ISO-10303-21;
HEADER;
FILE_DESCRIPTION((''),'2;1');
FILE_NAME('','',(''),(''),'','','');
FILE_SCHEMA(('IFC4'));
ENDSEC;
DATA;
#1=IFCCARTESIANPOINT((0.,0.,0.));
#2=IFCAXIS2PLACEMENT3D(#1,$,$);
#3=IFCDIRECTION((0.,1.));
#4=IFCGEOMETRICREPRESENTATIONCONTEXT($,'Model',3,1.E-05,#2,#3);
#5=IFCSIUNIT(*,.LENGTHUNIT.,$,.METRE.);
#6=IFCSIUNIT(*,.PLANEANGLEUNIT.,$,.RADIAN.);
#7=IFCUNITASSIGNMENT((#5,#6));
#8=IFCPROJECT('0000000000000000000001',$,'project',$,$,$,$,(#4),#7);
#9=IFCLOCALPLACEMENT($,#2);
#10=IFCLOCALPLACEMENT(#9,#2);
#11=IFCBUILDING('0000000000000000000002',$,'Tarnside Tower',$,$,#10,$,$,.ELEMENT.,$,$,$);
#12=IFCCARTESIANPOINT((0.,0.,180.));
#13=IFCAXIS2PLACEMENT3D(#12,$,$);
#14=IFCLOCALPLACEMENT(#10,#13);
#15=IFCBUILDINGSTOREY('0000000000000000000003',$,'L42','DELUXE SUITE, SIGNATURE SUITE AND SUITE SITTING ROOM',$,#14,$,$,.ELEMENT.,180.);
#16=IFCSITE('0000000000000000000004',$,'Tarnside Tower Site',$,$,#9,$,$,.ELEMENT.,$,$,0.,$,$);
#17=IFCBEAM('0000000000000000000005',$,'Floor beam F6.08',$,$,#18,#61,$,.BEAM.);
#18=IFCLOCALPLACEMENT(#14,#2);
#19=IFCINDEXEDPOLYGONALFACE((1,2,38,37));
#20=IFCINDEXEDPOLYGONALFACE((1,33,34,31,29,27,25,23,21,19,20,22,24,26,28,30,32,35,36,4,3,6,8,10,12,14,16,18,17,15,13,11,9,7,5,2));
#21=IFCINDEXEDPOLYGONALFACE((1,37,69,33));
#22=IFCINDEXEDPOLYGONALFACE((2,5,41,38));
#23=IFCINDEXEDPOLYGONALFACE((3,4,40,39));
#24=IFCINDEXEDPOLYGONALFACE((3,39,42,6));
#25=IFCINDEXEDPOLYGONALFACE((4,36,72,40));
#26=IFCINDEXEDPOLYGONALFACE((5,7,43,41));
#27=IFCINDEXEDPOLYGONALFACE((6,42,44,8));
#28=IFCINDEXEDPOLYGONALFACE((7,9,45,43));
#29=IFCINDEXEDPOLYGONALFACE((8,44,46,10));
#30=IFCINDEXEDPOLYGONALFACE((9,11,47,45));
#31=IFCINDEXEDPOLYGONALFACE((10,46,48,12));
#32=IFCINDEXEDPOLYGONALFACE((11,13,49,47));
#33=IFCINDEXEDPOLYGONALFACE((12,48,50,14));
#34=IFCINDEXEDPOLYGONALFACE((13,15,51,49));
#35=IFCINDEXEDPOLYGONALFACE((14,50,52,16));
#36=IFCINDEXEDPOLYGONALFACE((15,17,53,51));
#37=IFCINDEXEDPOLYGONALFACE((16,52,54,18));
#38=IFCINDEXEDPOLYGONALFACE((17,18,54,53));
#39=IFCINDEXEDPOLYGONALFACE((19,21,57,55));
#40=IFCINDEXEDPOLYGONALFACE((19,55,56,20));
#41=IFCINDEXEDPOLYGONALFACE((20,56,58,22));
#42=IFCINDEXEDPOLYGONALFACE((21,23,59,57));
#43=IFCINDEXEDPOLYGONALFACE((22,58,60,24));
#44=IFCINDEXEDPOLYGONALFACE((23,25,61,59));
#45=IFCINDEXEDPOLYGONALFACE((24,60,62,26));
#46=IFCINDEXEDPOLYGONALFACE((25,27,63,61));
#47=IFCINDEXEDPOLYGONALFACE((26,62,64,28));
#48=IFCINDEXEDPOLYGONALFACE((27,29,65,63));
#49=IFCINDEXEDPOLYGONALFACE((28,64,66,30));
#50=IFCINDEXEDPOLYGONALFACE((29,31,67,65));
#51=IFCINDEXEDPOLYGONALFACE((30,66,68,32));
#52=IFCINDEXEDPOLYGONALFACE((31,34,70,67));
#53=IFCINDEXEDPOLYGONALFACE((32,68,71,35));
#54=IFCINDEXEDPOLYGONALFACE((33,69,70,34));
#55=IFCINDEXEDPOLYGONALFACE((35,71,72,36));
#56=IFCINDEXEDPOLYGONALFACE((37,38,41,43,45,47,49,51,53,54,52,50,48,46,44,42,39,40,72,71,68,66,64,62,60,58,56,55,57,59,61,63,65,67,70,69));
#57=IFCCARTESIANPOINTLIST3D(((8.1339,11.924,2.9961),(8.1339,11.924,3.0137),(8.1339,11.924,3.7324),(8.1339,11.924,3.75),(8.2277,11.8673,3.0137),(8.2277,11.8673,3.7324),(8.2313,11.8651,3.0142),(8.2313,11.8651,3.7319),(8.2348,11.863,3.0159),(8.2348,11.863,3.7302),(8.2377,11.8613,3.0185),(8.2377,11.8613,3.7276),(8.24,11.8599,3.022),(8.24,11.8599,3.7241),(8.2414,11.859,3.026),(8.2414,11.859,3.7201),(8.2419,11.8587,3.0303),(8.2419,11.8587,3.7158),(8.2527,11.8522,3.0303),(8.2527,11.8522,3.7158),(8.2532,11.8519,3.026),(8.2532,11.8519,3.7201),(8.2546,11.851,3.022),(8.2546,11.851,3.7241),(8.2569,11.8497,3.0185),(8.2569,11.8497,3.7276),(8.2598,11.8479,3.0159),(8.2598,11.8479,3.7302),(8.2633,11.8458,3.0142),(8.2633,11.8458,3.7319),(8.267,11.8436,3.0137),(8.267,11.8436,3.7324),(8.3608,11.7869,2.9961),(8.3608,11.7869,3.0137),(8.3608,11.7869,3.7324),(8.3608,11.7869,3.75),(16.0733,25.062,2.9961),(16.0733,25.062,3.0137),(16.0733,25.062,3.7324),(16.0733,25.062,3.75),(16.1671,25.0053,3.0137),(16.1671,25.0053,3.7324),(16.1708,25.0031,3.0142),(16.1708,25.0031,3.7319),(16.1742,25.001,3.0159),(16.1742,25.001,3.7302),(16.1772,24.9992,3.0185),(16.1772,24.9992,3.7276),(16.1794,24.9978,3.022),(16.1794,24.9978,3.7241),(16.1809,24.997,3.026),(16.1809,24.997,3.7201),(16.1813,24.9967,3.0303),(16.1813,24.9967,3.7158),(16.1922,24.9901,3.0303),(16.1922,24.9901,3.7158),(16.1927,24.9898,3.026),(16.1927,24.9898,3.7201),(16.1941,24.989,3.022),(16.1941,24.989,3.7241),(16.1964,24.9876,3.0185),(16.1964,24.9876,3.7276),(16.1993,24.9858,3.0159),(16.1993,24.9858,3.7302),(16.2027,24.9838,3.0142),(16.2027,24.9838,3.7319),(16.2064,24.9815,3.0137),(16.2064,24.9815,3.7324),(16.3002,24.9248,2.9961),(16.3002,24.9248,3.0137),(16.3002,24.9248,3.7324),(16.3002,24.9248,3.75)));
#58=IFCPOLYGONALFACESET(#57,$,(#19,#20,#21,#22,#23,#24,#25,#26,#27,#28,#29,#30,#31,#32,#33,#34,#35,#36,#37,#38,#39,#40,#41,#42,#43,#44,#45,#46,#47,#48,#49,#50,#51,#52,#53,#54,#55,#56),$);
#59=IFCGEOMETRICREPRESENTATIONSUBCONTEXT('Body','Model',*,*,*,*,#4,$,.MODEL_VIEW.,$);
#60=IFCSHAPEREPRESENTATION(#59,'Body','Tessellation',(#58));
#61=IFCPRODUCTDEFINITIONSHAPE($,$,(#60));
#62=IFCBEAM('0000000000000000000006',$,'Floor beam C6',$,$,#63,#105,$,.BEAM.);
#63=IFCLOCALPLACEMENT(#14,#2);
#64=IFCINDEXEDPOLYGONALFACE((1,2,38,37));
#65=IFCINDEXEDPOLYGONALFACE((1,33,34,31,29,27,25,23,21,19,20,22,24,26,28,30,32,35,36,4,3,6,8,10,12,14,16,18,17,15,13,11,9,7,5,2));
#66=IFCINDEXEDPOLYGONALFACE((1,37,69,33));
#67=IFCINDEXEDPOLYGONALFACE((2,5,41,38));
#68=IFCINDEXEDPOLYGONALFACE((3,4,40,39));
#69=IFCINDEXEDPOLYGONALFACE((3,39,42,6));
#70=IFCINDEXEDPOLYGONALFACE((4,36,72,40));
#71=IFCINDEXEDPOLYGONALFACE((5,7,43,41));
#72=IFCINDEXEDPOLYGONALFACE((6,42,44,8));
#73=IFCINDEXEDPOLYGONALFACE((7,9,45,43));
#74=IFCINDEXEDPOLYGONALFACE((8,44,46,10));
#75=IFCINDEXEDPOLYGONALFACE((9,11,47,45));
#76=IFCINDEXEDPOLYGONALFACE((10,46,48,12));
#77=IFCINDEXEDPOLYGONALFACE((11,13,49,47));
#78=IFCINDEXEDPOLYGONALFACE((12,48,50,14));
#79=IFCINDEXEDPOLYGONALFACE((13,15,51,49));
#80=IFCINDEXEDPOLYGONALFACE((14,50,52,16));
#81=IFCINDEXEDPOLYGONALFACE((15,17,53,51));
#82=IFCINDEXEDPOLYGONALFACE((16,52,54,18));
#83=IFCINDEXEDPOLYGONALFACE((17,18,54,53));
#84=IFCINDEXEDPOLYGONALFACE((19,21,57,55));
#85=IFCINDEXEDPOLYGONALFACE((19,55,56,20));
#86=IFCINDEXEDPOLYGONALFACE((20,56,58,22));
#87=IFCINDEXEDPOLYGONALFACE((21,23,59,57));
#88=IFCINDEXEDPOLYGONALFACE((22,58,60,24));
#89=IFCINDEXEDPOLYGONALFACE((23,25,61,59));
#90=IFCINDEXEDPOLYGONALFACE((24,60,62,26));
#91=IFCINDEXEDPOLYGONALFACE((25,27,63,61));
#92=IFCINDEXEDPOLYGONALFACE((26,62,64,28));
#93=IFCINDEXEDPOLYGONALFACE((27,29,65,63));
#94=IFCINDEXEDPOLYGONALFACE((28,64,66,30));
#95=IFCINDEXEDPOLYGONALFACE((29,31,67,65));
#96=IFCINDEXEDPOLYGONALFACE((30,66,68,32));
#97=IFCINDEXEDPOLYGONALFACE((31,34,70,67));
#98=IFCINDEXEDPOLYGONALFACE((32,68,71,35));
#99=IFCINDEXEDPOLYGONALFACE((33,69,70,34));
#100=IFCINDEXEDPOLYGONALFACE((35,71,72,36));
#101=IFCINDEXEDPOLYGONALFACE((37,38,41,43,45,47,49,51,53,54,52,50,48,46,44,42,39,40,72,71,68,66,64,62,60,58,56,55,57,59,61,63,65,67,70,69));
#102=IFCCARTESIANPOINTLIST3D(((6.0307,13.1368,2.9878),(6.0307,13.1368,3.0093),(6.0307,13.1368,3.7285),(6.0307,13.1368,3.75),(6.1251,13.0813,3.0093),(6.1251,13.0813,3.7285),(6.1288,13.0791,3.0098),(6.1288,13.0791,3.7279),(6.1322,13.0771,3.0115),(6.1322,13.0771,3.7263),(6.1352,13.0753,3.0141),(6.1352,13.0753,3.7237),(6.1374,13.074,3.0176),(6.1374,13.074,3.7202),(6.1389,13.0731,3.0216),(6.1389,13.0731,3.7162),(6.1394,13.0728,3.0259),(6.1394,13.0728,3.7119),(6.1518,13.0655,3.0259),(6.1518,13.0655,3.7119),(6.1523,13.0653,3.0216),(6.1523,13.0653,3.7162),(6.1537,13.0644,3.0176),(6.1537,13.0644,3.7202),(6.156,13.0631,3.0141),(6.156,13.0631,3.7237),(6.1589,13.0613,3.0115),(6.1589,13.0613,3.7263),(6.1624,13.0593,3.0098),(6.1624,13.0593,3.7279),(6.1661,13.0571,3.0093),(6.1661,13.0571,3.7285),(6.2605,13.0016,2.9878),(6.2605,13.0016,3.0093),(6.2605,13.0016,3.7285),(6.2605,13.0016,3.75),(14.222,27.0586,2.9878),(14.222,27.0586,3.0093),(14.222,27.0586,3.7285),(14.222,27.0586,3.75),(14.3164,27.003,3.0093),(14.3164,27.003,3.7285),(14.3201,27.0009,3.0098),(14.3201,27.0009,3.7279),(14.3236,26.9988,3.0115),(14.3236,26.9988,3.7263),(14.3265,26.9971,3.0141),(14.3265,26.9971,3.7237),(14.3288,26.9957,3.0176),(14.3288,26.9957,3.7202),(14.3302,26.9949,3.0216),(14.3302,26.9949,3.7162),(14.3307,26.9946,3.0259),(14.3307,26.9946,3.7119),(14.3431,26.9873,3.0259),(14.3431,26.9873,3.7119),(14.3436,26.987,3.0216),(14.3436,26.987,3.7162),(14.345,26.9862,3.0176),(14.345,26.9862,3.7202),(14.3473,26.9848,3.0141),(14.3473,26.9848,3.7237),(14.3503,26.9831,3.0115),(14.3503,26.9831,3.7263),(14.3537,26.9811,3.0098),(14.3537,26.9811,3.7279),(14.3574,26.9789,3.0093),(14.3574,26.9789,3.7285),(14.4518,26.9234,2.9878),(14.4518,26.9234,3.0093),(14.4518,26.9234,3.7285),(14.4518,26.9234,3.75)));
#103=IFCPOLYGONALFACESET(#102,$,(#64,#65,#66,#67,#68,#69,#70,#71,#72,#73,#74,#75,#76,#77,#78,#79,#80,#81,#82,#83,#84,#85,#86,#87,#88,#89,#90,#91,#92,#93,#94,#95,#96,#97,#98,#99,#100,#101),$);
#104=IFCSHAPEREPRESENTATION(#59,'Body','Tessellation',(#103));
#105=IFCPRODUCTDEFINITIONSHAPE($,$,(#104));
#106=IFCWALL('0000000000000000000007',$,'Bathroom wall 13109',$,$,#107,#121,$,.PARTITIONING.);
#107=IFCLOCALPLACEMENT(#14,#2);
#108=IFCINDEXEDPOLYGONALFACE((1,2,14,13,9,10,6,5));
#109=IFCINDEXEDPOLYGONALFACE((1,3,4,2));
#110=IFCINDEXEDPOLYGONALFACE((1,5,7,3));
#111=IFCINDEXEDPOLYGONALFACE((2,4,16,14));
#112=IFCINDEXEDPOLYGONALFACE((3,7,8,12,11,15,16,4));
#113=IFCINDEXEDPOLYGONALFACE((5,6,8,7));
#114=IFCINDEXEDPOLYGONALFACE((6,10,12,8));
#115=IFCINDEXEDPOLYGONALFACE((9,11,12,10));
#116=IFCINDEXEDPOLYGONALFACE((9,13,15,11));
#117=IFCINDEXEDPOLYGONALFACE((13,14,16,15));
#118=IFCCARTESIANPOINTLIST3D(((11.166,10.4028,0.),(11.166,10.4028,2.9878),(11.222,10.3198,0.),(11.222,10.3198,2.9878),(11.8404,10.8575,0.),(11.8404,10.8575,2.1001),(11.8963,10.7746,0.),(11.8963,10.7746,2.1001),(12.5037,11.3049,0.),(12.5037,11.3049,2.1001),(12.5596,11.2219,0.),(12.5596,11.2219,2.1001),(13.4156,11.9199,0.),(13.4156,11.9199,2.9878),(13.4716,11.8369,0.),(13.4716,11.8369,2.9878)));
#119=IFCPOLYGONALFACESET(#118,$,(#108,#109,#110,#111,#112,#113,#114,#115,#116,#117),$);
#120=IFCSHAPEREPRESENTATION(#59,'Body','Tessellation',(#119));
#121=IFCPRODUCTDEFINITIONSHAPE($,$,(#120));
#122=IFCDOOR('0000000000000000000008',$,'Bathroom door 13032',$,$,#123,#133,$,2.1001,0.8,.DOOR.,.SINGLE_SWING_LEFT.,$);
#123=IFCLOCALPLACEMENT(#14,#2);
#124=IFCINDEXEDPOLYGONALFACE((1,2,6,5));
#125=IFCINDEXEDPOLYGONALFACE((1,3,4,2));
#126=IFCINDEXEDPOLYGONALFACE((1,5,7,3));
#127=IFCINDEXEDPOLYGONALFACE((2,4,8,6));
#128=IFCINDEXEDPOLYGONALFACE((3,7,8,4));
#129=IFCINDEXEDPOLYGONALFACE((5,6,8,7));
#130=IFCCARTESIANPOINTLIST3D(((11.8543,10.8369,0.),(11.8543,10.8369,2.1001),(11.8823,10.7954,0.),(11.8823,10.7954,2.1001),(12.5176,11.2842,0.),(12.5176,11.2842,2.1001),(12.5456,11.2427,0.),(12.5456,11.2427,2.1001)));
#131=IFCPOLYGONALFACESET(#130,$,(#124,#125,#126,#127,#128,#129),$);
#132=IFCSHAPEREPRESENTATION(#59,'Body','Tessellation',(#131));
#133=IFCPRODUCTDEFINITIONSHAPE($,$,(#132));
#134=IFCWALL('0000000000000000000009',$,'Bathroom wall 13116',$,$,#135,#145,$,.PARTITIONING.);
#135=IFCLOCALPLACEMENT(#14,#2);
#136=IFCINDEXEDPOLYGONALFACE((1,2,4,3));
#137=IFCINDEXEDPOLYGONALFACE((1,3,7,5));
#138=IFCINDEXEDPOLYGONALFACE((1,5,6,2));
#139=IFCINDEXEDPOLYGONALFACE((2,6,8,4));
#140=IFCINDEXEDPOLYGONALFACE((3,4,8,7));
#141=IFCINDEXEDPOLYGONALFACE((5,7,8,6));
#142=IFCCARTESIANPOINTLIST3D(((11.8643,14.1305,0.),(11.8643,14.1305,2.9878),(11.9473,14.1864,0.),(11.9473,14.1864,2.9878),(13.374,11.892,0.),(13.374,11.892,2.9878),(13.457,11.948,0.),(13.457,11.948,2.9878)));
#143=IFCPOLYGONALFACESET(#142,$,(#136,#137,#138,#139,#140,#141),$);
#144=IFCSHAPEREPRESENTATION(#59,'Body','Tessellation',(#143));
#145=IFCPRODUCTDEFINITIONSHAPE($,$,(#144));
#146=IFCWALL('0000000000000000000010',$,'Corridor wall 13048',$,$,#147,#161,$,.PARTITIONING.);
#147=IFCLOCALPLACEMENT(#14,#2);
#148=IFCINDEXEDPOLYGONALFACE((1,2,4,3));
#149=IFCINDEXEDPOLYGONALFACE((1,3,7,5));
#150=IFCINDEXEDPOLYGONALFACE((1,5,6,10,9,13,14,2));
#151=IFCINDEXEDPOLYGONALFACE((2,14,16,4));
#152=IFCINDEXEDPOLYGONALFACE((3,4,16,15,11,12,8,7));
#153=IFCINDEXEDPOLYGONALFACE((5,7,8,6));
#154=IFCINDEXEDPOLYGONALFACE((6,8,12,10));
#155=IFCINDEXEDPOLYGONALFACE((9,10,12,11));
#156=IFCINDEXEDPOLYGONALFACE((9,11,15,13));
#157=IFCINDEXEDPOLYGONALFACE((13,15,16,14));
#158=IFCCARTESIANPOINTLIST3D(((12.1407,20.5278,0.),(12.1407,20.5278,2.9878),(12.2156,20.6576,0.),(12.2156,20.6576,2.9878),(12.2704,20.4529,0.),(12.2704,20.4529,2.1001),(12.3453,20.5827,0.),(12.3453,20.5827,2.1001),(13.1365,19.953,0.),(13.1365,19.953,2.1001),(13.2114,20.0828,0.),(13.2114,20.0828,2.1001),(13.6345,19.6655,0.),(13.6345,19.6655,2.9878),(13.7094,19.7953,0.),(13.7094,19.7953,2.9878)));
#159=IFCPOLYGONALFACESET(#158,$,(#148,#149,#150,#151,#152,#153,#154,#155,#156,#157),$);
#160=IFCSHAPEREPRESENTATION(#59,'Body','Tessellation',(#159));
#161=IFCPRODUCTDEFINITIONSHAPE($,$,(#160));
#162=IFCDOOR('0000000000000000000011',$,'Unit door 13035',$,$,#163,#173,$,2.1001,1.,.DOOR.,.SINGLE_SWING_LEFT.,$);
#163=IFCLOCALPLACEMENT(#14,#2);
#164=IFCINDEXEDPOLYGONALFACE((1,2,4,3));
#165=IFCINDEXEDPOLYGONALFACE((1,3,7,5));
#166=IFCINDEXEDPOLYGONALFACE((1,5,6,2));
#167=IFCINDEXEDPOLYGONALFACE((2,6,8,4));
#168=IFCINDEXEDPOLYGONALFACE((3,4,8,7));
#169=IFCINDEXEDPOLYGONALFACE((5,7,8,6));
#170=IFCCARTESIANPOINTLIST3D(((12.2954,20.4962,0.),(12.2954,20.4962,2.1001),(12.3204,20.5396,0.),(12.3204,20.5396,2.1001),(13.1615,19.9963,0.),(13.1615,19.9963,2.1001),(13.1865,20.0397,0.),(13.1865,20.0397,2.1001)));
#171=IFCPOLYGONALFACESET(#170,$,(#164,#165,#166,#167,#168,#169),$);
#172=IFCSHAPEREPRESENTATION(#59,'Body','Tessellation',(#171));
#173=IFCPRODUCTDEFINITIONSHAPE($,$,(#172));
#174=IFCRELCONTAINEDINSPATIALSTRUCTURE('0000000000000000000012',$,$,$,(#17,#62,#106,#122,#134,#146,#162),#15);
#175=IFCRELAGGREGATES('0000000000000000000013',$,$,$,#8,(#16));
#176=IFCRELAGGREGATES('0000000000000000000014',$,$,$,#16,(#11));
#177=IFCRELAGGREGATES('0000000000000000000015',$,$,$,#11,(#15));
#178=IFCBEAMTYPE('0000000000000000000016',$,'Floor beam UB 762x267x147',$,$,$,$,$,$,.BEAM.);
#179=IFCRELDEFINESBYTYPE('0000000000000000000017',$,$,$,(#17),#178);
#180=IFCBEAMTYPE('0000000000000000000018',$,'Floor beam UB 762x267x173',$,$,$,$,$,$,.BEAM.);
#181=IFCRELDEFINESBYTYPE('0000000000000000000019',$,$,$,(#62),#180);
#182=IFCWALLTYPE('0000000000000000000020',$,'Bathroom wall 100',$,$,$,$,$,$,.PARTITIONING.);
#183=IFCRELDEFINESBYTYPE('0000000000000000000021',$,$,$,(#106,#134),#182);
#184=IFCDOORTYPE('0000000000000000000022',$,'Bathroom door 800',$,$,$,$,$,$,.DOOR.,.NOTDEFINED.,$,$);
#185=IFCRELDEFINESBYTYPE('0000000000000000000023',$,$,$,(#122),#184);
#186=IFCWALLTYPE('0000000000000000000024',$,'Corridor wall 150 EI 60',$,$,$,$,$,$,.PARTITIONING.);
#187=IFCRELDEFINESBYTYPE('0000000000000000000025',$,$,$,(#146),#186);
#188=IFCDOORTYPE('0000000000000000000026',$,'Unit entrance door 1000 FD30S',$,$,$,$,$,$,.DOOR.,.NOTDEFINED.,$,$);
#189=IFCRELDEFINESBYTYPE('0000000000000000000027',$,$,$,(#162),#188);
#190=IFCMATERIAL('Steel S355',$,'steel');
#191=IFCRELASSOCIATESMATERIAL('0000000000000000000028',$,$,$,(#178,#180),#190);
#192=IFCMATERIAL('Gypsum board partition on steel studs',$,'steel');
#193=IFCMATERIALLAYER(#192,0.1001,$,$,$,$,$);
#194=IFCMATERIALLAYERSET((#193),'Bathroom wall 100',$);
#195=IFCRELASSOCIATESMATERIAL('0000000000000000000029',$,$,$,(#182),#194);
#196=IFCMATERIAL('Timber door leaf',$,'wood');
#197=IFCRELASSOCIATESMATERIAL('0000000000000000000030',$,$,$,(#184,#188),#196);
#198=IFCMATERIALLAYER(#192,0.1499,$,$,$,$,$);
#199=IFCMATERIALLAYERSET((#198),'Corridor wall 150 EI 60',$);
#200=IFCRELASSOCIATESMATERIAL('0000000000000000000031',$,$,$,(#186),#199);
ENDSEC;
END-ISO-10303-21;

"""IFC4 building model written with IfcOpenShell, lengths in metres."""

from ifc_helpers import new_model, si_unit, direction, frame, frame_2d, origin, origin_2d, place, context, subcontext, project, spatial, rectangle, i_section, extrude, material, layer, layer_set, material_profile, profile_set, type_object, element, fill, save


model = new_model("IFC4")

# Units and contexts
model_context = context("Model", 3, precision=1e-05, world=origin(), true_north=direction((0.0, 1.0)))
body_context = subcontext(model_context, "Body", "Model", "MODEL_VIEW")
ifc_project = project(units=[si_unit("LENGTHUNIT", "METRE"), si_unit("PLANEANGLEUNIT", "RADIAN")], contexts=[model_context])

# Site, building, storey
site_placement = place(None, origin())
site = spatial("IfcSite", under=ifc_project, at=site_placement, Name="Tarnside Tower Site", CompositionType="ELEMENT", RefElevation=0.0)
building_placement = place(site_placement, origin())
building = spatial("IfcBuilding", under=site, at=building_placement, Name="Tarnside Tower", CompositionType="ELEMENT")
storey_placement = place(building_placement, frame((0.0, 0.0, 180.0)))
storey = spatial("IfcBuildingStorey", under=building, at=storey_placement, Name="L42", Description="DELUXE SUITE, SIGNATURE SUITE AND SUITE SITTING ROOM", CompositionType="ELEMENT", Elevation=180.0)

# Beams
ifc_material_1 = material(Name="Steel S355", Category="steel")
ifc_material_profile_1 = material_profile(ifc_material_1, i_section(OverallWidth=0.2651, OverallDepth=0.7539, WebThickness=0.0127, FlangeThickness=0.0176, FilletRadius=0.0166, at=origin_2d()), Name="UB 762x267x147")
ifc_profile_set_1 = profile_set([ifc_material_profile_1], Name="Steel S355")
beam_type_1 = type_object("IfcBeamType", Name="Floor beam UB 762x267x147", PredefinedType="BEAM", material=ifc_profile_set_1)
beam_1_placement = place(storey_placement, frame((16.1868, 24.9934, 3.373), z_axis=(-0.517209, -0.855859, 0.0), x_axis=(0.855859, -0.517209, 0.0)))
element("IfcBeam", 1, at=beam_1_placement, inside=storey, type_object=beam_type_1, Name="Floor beam F6.08", PredefinedType="BEAM", context=body_context, shape_type="SweptSolid", body=[
    extrude(i_section(OverallWidth=0.2651, OverallDepth=0.7539, WebThickness=0.0127, FlangeThickness=0.0176, FilletRadius=0.0166, at=origin_2d()), origin(), (0.0, 0.0, 1.0), 15.3506),
])
ifc_material_profile_2 = material_profile(ifc_material_1, i_section(OverallWidth=0.2666, OverallDepth=0.7622, WebThickness=0.0144, FlangeThickness=0.0215, FilletRadius=0.0166, at=origin_2d()), Name="UB 762x267x173")
ifc_profile_set_2 = profile_set([ifc_material_profile_2], Name="Steel S355")
beam_type_2 = type_object("IfcBeamType", Name="Floor beam UB 762x267x173", PredefinedType="BEAM", material=ifc_profile_set_2)
beam_2_placement = place(storey_placement, frame((14.3369, 26.991, 3.3689), z_axis=(-0.507115, -0.861878, 0.0), x_axis=(0.861878, -0.507115, 0.0)))
element("IfcBeam", 2, at=beam_2_placement, inside=storey, type_object=beam_type_2, Name="Floor beam C6", PredefinedType="BEAM", context=body_context, shape_type="SweptSolid", body=[
    extrude(i_section(OverallWidth=0.2666, OverallDepth=0.7622, WebThickness=0.0144, FlangeThickness=0.0215, FilletRadius=0.0166, at=origin_2d()), origin(), (0.0, 0.0, 1.0), 16.1528),
])

# Wall, opening, door
ifc_material_2 = material(Name="Gypsum board partition on steel studs", Category="steel")
ifc_layer_1 = layer(ifc_material_2, 0.1001)
ifc_layer_set_1 = layer_set([ifc_layer_1], Name="Bathroom wall 100")
wall_type_1 = type_object("IfcWallType", Name="Bathroom wall 100", PredefinedType="PARTITIONING", material=ifc_layer_set_1)
wall_1_placement = place(storey_placement, frame((13.4436, 11.8784, 0.0), z_axis=(0.0, 0.0, 1.0), x_axis=(-0.829076, -0.559136, 0.0)))
wall_1 = element("IfcWall", 3, at=wall_1_placement, inside=storey, type_object=wall_type_1, Name="Bathroom wall 13109", PredefinedType="PARTITIONING", context=body_context, shape_type="SweptSolid", body=[
    extrude(rectangle(XDim=2.7134, YDim=0.1001, at=frame_2d((1.3567, 0.0))), origin(), (0.0, 0.0, 1.0), 2.9878),
])
opening_1_placement = place(wall_1_placement, frame((1.1001, 0.0, 0.0)))
opening_1 = element("IfcOpeningElement", 4, at=opening_1_placement, cuts=wall_1, PredefinedType="OPENING", context=body_context, shape_type="SweptSolid", body=[
    extrude(rectangle(XDim=0.8, YDim=2.1001, at=frame_2d((0.3999, 1.05))), frame((0.0, 0.0601, 0.0), z_axis=(0.0, -1.0, 0.0), x_axis=(1.0, 0.0, 0.0)), (0.0, 0.0, 1.0), 0.1201),
])
ifc_material_3 = material(Name="Timber door leaf", Category="wood")
door_type_1 = type_object("IfcDoorType", Name="Bathroom door 800", OperationType="NOTDEFINED", PredefinedType="DOOR", material=ifc_material_3)
door_1_placement = place(opening_1_placement, origin())
door_1 = element("IfcDoor", 5, at=door_1_placement, inside=storey, type_object=door_type_1, Name="Bathroom door 13032", OperationType="SINGLE_SWING_LEFT", OverallHeight=2.1001, OverallWidth=0.8, PredefinedType="DOOR", context=body_context, shape_type="SweptSolid", body=[
    extrude(rectangle(XDim=0.8, YDim=2.1001, at=frame_2d((0.3999, 1.05))), frame((0.0, 0.0249, 0.0), z_axis=(0.0, -1.0, 0.0), x_axis=(1.0, 0.0, 0.0)), (0.0, 0.0, 1.0), 0.05),
])
fill(opening_1, door_1)

# Wall
wall_2_placement = place(storey_placement, frame((13.4155, 11.9199, 0.0), z_axis=(0.0, 0.0, 1.0), x_axis=(-0.559158, 0.829061, 0.0)))
element("IfcWall", 6, at=wall_2_placement, inside=storey, type_object=wall_type_1, Name="Bathroom wall 13116", PredefinedType="PARTITIONING", context=body_context, shape_type="SweptSolid", body=[
    extrude(rectangle(XDim=2.7, YDim=0.1001, at=frame_2d((1.3501, 0.0))), origin(), (0.0, 0.0, 1.0), 2.9878),
])

# Wall, opening, door
ifc_layer_2 = layer(ifc_material_2, 0.1499)
ifc_layer_set_2 = layer_set([ifc_layer_2], Name="Corridor wall 150 EI 60")
wall_type_2 = type_object("IfcWallType", Name="Corridor wall 150 EI 60", PredefinedType="PARTITIONING", material=ifc_layer_set_2)
wall_3_placement = place(storey_placement, frame((13.6719, 19.7305, 0.0), z_axis=(0.0, 0.0, 1.0), x_axis=(-0.866075, 0.499914, 0.0)))
wall_3 = element("IfcWall", 7, at=wall_3_placement, inside=storey, type_object=wall_type_2, Name="Corridor wall 13048", PredefinedType="PARTITIONING", context=body_context, shape_type="SweptSolid", body=[
    extrude(rectangle(XDim=1.7249, YDim=0.1499, at=frame_2d((0.8623, 0.0))), origin(), (0.0, 0.0, 1.0), 2.9878),
])
opening_2_placement = place(wall_3_placement, frame((0.575, 0.0, 0.0)))
opening_2 = element("IfcOpeningElement", 8, at=opening_2_placement, cuts=wall_3, PredefinedType="OPENING", context=body_context, shape_type="SweptSolid", body=[
    extrude(rectangle(XDim=1.0, YDim=2.1001, at=frame_2d((0.5, 1.05))), frame((0.0, 0.085, 0.0), z_axis=(0.0, -1.0, 0.0), x_axis=(1.0, 0.0, 0.0)), (0.0, 0.0, 1.0), 0.1699),
])
door_type_2 = type_object("IfcDoorType", Name="Unit entrance door 1000 FD30S", OperationType="NOTDEFINED", PredefinedType="DOOR", material=ifc_material_3)
door_2_placement = place(opening_2_placement, origin())
door_2 = element("IfcDoor", 9, at=door_2_placement, inside=storey, type_object=door_type_2, Name="Unit door 13035", OperationType="SINGLE_SWING_LEFT", OverallHeight=2.1001, OverallWidth=1.0, PredefinedType="DOOR", context=body_context, shape_type="SweptSolid", body=[
    extrude(rectangle(XDim=1.0, YDim=2.1001, at=frame_2d((0.5, 1.05))), frame((0.0, 0.0249, 0.0), z_axis=(0.0, -1.0, 0.0), x_axis=(1.0, 0.0, 0.0)), (0.0, 0.0, 1.0), 0.05),
])
fill(opening_2, door_2)

save(model, "model.ifc")
